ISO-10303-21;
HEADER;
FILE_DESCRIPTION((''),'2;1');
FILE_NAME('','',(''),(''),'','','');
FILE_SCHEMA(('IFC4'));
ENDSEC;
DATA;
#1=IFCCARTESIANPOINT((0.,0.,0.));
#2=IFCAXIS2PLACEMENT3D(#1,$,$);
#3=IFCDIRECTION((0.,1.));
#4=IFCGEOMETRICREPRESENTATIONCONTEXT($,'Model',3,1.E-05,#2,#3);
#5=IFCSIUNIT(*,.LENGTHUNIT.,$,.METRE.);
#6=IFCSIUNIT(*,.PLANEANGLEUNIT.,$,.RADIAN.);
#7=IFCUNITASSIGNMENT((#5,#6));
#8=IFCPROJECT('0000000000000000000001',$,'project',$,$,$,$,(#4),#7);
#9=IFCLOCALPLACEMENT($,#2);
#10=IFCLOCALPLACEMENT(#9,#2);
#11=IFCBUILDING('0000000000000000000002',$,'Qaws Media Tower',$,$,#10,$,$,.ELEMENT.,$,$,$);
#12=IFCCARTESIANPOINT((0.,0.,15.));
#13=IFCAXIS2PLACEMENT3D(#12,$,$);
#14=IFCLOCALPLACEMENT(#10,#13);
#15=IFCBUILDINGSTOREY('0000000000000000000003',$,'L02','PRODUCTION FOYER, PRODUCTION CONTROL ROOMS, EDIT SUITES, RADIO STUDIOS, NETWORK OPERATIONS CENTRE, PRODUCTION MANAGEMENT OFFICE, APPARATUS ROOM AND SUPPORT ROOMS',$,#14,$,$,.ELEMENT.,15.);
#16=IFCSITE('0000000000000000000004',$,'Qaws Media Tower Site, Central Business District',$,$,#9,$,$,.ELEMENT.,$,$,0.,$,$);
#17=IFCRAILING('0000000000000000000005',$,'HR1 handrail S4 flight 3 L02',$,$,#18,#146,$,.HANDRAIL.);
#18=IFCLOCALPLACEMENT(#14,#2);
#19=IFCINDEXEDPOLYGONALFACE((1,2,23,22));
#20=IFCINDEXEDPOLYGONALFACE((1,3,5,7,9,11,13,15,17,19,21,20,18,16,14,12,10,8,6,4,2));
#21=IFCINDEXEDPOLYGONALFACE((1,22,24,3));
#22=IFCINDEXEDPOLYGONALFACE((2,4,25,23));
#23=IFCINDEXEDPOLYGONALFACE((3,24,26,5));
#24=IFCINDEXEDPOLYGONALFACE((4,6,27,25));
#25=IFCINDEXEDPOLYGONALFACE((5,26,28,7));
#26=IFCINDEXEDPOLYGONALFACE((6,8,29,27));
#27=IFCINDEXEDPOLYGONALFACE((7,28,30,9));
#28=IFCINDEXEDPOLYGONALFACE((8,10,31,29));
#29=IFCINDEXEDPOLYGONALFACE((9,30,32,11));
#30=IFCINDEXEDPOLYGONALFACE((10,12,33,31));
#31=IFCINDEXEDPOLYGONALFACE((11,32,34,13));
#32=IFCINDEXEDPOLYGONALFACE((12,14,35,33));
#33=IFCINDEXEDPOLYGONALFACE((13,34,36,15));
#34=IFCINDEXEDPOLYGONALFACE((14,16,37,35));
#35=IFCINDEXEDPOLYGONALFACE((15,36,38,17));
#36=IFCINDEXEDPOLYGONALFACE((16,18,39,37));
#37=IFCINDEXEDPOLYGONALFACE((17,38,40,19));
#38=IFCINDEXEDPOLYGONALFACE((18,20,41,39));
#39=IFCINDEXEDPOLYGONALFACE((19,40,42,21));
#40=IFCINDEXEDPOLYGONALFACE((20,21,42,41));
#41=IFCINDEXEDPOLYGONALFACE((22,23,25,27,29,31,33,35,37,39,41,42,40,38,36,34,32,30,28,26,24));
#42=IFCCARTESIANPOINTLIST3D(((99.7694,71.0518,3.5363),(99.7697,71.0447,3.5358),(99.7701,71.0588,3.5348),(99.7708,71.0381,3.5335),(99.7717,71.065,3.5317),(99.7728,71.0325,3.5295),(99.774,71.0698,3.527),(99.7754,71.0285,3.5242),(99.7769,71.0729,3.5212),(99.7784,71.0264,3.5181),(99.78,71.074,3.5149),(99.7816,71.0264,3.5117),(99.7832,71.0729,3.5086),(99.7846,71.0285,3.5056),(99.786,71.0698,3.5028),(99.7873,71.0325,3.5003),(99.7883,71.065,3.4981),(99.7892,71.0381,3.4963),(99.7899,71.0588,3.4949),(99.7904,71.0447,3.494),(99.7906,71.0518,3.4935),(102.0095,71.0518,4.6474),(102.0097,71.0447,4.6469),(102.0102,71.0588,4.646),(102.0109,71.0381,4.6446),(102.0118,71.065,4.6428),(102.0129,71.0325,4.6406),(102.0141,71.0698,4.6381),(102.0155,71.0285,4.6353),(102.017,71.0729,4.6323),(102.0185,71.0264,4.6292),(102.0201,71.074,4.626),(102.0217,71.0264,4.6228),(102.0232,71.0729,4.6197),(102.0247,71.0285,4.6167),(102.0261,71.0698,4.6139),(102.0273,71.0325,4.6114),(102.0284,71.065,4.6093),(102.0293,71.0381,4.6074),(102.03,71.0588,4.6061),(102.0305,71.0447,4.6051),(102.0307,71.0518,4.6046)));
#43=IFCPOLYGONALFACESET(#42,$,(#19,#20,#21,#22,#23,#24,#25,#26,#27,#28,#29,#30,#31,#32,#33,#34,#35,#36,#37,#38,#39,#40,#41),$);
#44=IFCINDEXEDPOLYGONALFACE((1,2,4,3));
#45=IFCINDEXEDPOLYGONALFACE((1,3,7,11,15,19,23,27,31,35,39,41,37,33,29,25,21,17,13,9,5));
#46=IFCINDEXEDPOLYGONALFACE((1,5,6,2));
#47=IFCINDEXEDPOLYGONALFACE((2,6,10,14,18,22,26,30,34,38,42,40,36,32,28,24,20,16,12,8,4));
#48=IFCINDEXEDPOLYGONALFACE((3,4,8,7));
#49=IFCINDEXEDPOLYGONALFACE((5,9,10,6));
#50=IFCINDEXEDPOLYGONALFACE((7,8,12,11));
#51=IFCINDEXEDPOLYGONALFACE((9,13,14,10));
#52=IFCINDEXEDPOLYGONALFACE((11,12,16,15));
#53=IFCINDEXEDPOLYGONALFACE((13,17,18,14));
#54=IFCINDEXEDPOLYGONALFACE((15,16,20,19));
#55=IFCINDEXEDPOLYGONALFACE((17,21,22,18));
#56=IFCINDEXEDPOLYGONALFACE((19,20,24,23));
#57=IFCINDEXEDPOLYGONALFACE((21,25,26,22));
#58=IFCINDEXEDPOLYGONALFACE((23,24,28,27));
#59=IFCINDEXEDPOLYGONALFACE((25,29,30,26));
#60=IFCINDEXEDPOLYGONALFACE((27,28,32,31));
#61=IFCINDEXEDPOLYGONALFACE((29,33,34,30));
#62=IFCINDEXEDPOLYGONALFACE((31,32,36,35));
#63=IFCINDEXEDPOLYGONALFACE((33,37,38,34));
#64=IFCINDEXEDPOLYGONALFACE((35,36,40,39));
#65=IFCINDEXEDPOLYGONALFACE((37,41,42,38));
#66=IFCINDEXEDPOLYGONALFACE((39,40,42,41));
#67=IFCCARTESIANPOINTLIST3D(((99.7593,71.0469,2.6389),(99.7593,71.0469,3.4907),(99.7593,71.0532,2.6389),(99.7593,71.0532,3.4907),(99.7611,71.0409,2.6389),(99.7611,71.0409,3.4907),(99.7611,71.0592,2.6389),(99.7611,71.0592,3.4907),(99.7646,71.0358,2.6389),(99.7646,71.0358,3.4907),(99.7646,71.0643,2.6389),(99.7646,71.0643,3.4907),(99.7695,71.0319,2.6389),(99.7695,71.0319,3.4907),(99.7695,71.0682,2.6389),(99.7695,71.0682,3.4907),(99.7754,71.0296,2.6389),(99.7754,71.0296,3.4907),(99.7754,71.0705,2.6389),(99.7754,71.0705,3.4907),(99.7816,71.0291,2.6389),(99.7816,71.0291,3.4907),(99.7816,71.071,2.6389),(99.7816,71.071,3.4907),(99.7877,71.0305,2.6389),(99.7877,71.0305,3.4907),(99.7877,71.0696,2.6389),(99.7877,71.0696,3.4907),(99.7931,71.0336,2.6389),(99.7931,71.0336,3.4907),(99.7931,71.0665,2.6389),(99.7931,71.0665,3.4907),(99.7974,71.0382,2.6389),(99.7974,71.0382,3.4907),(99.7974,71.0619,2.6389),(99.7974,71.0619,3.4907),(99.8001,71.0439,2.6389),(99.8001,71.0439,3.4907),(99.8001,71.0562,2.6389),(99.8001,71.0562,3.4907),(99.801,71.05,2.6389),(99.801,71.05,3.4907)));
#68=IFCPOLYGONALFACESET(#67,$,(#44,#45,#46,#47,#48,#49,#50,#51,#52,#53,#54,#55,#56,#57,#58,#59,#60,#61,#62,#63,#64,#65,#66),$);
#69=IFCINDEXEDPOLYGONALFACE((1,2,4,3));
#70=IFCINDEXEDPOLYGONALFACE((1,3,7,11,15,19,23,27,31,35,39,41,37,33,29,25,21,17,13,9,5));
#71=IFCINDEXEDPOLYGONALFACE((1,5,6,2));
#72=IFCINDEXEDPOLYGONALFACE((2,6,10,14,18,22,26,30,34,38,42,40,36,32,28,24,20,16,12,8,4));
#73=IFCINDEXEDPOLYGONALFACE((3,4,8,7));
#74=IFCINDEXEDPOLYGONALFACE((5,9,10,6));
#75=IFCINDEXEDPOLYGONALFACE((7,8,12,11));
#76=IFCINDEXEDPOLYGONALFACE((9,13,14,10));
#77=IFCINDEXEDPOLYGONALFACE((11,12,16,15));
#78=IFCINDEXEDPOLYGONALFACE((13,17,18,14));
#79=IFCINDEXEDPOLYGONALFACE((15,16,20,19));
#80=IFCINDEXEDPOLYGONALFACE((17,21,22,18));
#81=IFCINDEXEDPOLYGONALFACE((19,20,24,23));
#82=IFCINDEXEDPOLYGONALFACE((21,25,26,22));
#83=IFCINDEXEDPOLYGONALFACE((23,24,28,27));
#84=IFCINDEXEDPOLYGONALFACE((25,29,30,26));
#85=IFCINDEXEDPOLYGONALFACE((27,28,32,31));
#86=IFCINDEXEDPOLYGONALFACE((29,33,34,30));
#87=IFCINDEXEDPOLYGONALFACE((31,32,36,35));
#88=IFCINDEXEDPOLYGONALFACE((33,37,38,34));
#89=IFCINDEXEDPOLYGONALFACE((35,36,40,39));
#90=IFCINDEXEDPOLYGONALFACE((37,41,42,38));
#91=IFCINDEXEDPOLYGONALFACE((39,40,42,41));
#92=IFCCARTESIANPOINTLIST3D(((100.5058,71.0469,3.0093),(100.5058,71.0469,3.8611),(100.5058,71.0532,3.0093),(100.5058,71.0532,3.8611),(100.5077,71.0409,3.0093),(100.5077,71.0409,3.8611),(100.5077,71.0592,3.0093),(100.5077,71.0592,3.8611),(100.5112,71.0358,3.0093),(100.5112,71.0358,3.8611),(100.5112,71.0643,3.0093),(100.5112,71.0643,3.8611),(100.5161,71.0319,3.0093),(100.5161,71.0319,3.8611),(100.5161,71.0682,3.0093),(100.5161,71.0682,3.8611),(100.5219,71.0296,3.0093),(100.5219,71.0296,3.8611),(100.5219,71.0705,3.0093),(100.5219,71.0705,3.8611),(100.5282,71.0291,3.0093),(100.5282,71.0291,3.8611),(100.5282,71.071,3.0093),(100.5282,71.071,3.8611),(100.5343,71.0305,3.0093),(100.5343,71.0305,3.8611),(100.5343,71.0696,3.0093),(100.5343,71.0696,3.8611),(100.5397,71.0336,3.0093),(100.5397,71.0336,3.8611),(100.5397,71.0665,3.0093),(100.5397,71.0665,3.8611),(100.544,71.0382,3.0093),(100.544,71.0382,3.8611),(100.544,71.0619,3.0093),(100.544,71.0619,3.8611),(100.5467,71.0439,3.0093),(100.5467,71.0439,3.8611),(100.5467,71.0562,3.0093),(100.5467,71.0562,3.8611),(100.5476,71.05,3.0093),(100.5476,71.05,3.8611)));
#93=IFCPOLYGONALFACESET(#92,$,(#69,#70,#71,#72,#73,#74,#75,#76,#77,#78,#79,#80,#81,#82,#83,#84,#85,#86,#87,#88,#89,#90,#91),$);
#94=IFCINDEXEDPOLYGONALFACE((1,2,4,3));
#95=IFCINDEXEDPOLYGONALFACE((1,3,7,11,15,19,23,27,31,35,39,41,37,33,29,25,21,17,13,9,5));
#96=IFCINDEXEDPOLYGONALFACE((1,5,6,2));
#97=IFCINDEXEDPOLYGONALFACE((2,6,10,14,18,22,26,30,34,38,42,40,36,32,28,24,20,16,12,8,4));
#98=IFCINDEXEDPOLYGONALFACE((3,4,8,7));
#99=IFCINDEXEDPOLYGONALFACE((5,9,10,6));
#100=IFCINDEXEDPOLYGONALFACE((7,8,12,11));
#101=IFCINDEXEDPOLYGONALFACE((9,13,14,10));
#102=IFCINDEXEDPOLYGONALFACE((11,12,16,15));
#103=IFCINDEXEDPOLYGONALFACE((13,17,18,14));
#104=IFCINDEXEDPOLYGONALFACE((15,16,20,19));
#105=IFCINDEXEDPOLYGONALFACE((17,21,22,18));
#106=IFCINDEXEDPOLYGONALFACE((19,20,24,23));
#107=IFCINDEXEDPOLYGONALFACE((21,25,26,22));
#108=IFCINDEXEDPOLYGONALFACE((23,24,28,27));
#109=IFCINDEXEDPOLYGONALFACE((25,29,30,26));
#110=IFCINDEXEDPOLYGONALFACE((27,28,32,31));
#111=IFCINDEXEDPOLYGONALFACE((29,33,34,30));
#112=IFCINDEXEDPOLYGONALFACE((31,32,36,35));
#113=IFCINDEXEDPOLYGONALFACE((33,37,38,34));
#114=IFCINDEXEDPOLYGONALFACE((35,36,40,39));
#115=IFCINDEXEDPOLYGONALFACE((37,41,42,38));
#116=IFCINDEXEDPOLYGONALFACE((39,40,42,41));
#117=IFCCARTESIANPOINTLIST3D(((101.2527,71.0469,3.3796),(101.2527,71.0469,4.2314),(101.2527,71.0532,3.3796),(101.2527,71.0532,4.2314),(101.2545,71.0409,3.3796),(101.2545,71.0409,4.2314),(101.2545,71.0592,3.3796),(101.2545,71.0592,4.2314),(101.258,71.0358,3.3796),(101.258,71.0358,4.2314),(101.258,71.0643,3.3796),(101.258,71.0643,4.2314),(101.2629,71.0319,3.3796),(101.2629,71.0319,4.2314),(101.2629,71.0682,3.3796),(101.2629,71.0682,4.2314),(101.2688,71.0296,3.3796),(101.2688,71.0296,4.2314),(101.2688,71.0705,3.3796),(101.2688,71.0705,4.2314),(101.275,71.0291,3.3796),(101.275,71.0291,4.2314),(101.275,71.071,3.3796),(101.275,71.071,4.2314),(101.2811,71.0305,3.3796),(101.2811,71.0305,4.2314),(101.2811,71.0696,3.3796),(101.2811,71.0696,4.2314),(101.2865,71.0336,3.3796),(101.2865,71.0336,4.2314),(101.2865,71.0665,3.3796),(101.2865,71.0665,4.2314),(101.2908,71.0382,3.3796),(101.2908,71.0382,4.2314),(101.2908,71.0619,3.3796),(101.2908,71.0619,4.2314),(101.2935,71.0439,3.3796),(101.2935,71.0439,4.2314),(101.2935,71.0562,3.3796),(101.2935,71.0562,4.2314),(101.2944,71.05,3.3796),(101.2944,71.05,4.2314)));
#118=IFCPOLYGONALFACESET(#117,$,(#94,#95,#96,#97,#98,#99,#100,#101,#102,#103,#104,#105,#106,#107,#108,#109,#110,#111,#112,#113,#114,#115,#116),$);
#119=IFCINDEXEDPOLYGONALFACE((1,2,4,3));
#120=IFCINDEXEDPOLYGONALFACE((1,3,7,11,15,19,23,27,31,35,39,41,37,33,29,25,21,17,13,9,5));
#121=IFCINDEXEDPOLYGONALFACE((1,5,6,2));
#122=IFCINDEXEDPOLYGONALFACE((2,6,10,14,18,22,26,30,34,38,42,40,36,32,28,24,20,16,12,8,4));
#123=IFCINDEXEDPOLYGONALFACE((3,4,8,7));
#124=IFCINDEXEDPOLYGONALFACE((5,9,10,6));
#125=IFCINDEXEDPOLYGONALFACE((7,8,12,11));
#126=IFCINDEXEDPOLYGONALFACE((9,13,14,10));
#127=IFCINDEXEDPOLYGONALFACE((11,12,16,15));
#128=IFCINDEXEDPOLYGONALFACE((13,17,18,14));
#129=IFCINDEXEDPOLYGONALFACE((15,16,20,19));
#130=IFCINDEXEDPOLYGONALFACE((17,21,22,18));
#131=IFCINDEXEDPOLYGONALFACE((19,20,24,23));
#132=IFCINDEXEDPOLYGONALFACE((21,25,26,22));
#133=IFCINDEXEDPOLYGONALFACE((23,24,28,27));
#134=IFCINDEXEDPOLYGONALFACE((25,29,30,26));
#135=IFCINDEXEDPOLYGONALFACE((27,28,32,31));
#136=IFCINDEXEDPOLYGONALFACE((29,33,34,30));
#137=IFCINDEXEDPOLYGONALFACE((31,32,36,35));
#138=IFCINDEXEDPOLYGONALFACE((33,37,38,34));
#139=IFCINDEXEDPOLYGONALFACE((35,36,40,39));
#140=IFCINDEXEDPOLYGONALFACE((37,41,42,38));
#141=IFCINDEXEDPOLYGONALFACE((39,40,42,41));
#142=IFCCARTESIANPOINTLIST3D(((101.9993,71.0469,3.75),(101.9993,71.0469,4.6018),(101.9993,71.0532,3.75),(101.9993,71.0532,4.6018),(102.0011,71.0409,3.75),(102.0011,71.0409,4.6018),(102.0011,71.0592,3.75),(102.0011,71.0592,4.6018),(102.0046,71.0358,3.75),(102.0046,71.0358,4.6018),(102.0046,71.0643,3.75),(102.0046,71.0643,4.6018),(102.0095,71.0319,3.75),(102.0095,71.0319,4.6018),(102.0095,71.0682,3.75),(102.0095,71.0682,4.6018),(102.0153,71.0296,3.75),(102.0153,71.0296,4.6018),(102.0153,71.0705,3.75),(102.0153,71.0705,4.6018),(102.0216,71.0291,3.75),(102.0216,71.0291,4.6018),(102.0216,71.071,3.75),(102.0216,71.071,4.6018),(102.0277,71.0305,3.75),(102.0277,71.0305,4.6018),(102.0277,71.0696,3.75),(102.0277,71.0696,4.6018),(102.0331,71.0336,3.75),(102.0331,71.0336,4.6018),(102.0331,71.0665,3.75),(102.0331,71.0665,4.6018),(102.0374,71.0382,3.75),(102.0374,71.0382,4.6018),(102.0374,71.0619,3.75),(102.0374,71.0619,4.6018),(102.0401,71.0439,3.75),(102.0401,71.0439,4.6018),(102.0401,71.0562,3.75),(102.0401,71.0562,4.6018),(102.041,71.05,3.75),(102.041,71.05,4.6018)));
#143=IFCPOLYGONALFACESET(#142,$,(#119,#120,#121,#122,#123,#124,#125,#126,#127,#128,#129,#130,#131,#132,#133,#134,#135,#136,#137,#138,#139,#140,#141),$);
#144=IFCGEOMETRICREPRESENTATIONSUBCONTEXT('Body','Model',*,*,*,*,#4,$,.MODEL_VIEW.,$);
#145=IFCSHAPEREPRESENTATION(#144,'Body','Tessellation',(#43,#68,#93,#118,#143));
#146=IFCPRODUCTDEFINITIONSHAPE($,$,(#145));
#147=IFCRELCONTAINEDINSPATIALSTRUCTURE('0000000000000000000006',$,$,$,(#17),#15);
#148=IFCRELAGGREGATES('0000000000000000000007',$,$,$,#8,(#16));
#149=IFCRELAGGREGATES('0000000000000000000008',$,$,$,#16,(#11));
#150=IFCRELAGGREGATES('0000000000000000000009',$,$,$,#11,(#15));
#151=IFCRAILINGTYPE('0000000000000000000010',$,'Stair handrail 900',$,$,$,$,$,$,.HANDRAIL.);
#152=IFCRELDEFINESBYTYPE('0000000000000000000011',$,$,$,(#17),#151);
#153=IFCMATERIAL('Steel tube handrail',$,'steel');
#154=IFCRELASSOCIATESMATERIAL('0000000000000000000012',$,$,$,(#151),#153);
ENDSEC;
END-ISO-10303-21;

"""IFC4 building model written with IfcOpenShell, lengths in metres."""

from ifc_helpers import new_model, si_unit, direction, frame, origin, origin_2d, place, context, subcontext, project, spatial, circle, extrude, material, type_object, element, save


model = new_model("IFC4")

# Units and contexts
model_context = context("Model", 3, precision=1e-05, world=origin(), true_north=direction((0.0, 1.0)))
body_context = subcontext(model_context, "Body", "Model", "MODEL_VIEW")
ifc_project = project(units=[si_unit("LENGTHUNIT", "METRE"), si_unit("PLANEANGLEUNIT", "RADIAN")], contexts=[model_context])

# Site, building, storey
site_placement = place(None, origin())
site = spatial("IfcSite", under=ifc_project, at=site_placement, Name="Qaws Media Tower Site, Central Business District", CompositionType="ELEMENT", RefElevation=0.0)
building_placement = place(site_placement, origin())
building = spatial("IfcBuilding", under=site, at=building_placement, Name="Qaws Media Tower", CompositionType="ELEMENT")
storey_placement = place(building_placement, frame((0.0, 0.0, 15.0)))
storey = spatial("IfcBuildingStorey", under=building, at=storey_placement, Name="L02", Description="PRODUCTION FOYER, PRODUCTION CONTROL ROOMS, EDIT SUITES, RADIO STUDIOS, NETWORK OPERATIONS CENTRE, PRODUCTION MANAGEMENT OFFICE, APPARATUS ROOM AND SUPPORT ROOMS", CompositionType="ELEMENT", Elevation=15.0)

# Railing
ifc_material_1 = material(Name="Steel tube handrail", Category="steel")
railing_type = type_object("IfcRailingType", Name="Stair handrail 900", PredefinedType="HANDRAIL", material=ifc_material_1)
for number, where, name in (
    (1, (99.78, 71.05, 2.6389), "HR1 handrail S4 flight 3 L02"),
):
    element("IfcRailing", number, at=place(storey_placement, frame(where)), inside=storey, type_object=railing_type, Name=name, PredefinedType="HANDRAIL", context=body_context, shape_type="SweptSolid", body=[
        extrude(circle(Radius=0.0239, at=origin_2d()), frame((0.0, 0.0, 0.876), z_axis=(0.895848, 0.0, 0.44436), x_axis=(0.0, 1.0, 0.0)), (0.0, 0.0, 1.0), 2.5005),
        extrude(circle(Radius=0.021, at=origin_2d()), origin(), (0.0, 0.0, 1.0), 0.8518),
        extrude(circle(Radius=0.021, at=origin_2d()), frame((0.7466, 0.0, 0.3704)), (0.0, 0.0, 1.0), 0.8518),
        extrude(circle(Radius=0.021, at=origin_2d()), frame((1.4934, 0.0, 0.7407)), (0.0, 0.0, 1.0), 0.8518),
        extrude(circle(Radius=0.021, at=origin_2d()), frame((2.24, 0.0, 1.1111)), (0.0, 0.0, 1.0), 0.8518),
    ])

save(model, "model.ifc")
